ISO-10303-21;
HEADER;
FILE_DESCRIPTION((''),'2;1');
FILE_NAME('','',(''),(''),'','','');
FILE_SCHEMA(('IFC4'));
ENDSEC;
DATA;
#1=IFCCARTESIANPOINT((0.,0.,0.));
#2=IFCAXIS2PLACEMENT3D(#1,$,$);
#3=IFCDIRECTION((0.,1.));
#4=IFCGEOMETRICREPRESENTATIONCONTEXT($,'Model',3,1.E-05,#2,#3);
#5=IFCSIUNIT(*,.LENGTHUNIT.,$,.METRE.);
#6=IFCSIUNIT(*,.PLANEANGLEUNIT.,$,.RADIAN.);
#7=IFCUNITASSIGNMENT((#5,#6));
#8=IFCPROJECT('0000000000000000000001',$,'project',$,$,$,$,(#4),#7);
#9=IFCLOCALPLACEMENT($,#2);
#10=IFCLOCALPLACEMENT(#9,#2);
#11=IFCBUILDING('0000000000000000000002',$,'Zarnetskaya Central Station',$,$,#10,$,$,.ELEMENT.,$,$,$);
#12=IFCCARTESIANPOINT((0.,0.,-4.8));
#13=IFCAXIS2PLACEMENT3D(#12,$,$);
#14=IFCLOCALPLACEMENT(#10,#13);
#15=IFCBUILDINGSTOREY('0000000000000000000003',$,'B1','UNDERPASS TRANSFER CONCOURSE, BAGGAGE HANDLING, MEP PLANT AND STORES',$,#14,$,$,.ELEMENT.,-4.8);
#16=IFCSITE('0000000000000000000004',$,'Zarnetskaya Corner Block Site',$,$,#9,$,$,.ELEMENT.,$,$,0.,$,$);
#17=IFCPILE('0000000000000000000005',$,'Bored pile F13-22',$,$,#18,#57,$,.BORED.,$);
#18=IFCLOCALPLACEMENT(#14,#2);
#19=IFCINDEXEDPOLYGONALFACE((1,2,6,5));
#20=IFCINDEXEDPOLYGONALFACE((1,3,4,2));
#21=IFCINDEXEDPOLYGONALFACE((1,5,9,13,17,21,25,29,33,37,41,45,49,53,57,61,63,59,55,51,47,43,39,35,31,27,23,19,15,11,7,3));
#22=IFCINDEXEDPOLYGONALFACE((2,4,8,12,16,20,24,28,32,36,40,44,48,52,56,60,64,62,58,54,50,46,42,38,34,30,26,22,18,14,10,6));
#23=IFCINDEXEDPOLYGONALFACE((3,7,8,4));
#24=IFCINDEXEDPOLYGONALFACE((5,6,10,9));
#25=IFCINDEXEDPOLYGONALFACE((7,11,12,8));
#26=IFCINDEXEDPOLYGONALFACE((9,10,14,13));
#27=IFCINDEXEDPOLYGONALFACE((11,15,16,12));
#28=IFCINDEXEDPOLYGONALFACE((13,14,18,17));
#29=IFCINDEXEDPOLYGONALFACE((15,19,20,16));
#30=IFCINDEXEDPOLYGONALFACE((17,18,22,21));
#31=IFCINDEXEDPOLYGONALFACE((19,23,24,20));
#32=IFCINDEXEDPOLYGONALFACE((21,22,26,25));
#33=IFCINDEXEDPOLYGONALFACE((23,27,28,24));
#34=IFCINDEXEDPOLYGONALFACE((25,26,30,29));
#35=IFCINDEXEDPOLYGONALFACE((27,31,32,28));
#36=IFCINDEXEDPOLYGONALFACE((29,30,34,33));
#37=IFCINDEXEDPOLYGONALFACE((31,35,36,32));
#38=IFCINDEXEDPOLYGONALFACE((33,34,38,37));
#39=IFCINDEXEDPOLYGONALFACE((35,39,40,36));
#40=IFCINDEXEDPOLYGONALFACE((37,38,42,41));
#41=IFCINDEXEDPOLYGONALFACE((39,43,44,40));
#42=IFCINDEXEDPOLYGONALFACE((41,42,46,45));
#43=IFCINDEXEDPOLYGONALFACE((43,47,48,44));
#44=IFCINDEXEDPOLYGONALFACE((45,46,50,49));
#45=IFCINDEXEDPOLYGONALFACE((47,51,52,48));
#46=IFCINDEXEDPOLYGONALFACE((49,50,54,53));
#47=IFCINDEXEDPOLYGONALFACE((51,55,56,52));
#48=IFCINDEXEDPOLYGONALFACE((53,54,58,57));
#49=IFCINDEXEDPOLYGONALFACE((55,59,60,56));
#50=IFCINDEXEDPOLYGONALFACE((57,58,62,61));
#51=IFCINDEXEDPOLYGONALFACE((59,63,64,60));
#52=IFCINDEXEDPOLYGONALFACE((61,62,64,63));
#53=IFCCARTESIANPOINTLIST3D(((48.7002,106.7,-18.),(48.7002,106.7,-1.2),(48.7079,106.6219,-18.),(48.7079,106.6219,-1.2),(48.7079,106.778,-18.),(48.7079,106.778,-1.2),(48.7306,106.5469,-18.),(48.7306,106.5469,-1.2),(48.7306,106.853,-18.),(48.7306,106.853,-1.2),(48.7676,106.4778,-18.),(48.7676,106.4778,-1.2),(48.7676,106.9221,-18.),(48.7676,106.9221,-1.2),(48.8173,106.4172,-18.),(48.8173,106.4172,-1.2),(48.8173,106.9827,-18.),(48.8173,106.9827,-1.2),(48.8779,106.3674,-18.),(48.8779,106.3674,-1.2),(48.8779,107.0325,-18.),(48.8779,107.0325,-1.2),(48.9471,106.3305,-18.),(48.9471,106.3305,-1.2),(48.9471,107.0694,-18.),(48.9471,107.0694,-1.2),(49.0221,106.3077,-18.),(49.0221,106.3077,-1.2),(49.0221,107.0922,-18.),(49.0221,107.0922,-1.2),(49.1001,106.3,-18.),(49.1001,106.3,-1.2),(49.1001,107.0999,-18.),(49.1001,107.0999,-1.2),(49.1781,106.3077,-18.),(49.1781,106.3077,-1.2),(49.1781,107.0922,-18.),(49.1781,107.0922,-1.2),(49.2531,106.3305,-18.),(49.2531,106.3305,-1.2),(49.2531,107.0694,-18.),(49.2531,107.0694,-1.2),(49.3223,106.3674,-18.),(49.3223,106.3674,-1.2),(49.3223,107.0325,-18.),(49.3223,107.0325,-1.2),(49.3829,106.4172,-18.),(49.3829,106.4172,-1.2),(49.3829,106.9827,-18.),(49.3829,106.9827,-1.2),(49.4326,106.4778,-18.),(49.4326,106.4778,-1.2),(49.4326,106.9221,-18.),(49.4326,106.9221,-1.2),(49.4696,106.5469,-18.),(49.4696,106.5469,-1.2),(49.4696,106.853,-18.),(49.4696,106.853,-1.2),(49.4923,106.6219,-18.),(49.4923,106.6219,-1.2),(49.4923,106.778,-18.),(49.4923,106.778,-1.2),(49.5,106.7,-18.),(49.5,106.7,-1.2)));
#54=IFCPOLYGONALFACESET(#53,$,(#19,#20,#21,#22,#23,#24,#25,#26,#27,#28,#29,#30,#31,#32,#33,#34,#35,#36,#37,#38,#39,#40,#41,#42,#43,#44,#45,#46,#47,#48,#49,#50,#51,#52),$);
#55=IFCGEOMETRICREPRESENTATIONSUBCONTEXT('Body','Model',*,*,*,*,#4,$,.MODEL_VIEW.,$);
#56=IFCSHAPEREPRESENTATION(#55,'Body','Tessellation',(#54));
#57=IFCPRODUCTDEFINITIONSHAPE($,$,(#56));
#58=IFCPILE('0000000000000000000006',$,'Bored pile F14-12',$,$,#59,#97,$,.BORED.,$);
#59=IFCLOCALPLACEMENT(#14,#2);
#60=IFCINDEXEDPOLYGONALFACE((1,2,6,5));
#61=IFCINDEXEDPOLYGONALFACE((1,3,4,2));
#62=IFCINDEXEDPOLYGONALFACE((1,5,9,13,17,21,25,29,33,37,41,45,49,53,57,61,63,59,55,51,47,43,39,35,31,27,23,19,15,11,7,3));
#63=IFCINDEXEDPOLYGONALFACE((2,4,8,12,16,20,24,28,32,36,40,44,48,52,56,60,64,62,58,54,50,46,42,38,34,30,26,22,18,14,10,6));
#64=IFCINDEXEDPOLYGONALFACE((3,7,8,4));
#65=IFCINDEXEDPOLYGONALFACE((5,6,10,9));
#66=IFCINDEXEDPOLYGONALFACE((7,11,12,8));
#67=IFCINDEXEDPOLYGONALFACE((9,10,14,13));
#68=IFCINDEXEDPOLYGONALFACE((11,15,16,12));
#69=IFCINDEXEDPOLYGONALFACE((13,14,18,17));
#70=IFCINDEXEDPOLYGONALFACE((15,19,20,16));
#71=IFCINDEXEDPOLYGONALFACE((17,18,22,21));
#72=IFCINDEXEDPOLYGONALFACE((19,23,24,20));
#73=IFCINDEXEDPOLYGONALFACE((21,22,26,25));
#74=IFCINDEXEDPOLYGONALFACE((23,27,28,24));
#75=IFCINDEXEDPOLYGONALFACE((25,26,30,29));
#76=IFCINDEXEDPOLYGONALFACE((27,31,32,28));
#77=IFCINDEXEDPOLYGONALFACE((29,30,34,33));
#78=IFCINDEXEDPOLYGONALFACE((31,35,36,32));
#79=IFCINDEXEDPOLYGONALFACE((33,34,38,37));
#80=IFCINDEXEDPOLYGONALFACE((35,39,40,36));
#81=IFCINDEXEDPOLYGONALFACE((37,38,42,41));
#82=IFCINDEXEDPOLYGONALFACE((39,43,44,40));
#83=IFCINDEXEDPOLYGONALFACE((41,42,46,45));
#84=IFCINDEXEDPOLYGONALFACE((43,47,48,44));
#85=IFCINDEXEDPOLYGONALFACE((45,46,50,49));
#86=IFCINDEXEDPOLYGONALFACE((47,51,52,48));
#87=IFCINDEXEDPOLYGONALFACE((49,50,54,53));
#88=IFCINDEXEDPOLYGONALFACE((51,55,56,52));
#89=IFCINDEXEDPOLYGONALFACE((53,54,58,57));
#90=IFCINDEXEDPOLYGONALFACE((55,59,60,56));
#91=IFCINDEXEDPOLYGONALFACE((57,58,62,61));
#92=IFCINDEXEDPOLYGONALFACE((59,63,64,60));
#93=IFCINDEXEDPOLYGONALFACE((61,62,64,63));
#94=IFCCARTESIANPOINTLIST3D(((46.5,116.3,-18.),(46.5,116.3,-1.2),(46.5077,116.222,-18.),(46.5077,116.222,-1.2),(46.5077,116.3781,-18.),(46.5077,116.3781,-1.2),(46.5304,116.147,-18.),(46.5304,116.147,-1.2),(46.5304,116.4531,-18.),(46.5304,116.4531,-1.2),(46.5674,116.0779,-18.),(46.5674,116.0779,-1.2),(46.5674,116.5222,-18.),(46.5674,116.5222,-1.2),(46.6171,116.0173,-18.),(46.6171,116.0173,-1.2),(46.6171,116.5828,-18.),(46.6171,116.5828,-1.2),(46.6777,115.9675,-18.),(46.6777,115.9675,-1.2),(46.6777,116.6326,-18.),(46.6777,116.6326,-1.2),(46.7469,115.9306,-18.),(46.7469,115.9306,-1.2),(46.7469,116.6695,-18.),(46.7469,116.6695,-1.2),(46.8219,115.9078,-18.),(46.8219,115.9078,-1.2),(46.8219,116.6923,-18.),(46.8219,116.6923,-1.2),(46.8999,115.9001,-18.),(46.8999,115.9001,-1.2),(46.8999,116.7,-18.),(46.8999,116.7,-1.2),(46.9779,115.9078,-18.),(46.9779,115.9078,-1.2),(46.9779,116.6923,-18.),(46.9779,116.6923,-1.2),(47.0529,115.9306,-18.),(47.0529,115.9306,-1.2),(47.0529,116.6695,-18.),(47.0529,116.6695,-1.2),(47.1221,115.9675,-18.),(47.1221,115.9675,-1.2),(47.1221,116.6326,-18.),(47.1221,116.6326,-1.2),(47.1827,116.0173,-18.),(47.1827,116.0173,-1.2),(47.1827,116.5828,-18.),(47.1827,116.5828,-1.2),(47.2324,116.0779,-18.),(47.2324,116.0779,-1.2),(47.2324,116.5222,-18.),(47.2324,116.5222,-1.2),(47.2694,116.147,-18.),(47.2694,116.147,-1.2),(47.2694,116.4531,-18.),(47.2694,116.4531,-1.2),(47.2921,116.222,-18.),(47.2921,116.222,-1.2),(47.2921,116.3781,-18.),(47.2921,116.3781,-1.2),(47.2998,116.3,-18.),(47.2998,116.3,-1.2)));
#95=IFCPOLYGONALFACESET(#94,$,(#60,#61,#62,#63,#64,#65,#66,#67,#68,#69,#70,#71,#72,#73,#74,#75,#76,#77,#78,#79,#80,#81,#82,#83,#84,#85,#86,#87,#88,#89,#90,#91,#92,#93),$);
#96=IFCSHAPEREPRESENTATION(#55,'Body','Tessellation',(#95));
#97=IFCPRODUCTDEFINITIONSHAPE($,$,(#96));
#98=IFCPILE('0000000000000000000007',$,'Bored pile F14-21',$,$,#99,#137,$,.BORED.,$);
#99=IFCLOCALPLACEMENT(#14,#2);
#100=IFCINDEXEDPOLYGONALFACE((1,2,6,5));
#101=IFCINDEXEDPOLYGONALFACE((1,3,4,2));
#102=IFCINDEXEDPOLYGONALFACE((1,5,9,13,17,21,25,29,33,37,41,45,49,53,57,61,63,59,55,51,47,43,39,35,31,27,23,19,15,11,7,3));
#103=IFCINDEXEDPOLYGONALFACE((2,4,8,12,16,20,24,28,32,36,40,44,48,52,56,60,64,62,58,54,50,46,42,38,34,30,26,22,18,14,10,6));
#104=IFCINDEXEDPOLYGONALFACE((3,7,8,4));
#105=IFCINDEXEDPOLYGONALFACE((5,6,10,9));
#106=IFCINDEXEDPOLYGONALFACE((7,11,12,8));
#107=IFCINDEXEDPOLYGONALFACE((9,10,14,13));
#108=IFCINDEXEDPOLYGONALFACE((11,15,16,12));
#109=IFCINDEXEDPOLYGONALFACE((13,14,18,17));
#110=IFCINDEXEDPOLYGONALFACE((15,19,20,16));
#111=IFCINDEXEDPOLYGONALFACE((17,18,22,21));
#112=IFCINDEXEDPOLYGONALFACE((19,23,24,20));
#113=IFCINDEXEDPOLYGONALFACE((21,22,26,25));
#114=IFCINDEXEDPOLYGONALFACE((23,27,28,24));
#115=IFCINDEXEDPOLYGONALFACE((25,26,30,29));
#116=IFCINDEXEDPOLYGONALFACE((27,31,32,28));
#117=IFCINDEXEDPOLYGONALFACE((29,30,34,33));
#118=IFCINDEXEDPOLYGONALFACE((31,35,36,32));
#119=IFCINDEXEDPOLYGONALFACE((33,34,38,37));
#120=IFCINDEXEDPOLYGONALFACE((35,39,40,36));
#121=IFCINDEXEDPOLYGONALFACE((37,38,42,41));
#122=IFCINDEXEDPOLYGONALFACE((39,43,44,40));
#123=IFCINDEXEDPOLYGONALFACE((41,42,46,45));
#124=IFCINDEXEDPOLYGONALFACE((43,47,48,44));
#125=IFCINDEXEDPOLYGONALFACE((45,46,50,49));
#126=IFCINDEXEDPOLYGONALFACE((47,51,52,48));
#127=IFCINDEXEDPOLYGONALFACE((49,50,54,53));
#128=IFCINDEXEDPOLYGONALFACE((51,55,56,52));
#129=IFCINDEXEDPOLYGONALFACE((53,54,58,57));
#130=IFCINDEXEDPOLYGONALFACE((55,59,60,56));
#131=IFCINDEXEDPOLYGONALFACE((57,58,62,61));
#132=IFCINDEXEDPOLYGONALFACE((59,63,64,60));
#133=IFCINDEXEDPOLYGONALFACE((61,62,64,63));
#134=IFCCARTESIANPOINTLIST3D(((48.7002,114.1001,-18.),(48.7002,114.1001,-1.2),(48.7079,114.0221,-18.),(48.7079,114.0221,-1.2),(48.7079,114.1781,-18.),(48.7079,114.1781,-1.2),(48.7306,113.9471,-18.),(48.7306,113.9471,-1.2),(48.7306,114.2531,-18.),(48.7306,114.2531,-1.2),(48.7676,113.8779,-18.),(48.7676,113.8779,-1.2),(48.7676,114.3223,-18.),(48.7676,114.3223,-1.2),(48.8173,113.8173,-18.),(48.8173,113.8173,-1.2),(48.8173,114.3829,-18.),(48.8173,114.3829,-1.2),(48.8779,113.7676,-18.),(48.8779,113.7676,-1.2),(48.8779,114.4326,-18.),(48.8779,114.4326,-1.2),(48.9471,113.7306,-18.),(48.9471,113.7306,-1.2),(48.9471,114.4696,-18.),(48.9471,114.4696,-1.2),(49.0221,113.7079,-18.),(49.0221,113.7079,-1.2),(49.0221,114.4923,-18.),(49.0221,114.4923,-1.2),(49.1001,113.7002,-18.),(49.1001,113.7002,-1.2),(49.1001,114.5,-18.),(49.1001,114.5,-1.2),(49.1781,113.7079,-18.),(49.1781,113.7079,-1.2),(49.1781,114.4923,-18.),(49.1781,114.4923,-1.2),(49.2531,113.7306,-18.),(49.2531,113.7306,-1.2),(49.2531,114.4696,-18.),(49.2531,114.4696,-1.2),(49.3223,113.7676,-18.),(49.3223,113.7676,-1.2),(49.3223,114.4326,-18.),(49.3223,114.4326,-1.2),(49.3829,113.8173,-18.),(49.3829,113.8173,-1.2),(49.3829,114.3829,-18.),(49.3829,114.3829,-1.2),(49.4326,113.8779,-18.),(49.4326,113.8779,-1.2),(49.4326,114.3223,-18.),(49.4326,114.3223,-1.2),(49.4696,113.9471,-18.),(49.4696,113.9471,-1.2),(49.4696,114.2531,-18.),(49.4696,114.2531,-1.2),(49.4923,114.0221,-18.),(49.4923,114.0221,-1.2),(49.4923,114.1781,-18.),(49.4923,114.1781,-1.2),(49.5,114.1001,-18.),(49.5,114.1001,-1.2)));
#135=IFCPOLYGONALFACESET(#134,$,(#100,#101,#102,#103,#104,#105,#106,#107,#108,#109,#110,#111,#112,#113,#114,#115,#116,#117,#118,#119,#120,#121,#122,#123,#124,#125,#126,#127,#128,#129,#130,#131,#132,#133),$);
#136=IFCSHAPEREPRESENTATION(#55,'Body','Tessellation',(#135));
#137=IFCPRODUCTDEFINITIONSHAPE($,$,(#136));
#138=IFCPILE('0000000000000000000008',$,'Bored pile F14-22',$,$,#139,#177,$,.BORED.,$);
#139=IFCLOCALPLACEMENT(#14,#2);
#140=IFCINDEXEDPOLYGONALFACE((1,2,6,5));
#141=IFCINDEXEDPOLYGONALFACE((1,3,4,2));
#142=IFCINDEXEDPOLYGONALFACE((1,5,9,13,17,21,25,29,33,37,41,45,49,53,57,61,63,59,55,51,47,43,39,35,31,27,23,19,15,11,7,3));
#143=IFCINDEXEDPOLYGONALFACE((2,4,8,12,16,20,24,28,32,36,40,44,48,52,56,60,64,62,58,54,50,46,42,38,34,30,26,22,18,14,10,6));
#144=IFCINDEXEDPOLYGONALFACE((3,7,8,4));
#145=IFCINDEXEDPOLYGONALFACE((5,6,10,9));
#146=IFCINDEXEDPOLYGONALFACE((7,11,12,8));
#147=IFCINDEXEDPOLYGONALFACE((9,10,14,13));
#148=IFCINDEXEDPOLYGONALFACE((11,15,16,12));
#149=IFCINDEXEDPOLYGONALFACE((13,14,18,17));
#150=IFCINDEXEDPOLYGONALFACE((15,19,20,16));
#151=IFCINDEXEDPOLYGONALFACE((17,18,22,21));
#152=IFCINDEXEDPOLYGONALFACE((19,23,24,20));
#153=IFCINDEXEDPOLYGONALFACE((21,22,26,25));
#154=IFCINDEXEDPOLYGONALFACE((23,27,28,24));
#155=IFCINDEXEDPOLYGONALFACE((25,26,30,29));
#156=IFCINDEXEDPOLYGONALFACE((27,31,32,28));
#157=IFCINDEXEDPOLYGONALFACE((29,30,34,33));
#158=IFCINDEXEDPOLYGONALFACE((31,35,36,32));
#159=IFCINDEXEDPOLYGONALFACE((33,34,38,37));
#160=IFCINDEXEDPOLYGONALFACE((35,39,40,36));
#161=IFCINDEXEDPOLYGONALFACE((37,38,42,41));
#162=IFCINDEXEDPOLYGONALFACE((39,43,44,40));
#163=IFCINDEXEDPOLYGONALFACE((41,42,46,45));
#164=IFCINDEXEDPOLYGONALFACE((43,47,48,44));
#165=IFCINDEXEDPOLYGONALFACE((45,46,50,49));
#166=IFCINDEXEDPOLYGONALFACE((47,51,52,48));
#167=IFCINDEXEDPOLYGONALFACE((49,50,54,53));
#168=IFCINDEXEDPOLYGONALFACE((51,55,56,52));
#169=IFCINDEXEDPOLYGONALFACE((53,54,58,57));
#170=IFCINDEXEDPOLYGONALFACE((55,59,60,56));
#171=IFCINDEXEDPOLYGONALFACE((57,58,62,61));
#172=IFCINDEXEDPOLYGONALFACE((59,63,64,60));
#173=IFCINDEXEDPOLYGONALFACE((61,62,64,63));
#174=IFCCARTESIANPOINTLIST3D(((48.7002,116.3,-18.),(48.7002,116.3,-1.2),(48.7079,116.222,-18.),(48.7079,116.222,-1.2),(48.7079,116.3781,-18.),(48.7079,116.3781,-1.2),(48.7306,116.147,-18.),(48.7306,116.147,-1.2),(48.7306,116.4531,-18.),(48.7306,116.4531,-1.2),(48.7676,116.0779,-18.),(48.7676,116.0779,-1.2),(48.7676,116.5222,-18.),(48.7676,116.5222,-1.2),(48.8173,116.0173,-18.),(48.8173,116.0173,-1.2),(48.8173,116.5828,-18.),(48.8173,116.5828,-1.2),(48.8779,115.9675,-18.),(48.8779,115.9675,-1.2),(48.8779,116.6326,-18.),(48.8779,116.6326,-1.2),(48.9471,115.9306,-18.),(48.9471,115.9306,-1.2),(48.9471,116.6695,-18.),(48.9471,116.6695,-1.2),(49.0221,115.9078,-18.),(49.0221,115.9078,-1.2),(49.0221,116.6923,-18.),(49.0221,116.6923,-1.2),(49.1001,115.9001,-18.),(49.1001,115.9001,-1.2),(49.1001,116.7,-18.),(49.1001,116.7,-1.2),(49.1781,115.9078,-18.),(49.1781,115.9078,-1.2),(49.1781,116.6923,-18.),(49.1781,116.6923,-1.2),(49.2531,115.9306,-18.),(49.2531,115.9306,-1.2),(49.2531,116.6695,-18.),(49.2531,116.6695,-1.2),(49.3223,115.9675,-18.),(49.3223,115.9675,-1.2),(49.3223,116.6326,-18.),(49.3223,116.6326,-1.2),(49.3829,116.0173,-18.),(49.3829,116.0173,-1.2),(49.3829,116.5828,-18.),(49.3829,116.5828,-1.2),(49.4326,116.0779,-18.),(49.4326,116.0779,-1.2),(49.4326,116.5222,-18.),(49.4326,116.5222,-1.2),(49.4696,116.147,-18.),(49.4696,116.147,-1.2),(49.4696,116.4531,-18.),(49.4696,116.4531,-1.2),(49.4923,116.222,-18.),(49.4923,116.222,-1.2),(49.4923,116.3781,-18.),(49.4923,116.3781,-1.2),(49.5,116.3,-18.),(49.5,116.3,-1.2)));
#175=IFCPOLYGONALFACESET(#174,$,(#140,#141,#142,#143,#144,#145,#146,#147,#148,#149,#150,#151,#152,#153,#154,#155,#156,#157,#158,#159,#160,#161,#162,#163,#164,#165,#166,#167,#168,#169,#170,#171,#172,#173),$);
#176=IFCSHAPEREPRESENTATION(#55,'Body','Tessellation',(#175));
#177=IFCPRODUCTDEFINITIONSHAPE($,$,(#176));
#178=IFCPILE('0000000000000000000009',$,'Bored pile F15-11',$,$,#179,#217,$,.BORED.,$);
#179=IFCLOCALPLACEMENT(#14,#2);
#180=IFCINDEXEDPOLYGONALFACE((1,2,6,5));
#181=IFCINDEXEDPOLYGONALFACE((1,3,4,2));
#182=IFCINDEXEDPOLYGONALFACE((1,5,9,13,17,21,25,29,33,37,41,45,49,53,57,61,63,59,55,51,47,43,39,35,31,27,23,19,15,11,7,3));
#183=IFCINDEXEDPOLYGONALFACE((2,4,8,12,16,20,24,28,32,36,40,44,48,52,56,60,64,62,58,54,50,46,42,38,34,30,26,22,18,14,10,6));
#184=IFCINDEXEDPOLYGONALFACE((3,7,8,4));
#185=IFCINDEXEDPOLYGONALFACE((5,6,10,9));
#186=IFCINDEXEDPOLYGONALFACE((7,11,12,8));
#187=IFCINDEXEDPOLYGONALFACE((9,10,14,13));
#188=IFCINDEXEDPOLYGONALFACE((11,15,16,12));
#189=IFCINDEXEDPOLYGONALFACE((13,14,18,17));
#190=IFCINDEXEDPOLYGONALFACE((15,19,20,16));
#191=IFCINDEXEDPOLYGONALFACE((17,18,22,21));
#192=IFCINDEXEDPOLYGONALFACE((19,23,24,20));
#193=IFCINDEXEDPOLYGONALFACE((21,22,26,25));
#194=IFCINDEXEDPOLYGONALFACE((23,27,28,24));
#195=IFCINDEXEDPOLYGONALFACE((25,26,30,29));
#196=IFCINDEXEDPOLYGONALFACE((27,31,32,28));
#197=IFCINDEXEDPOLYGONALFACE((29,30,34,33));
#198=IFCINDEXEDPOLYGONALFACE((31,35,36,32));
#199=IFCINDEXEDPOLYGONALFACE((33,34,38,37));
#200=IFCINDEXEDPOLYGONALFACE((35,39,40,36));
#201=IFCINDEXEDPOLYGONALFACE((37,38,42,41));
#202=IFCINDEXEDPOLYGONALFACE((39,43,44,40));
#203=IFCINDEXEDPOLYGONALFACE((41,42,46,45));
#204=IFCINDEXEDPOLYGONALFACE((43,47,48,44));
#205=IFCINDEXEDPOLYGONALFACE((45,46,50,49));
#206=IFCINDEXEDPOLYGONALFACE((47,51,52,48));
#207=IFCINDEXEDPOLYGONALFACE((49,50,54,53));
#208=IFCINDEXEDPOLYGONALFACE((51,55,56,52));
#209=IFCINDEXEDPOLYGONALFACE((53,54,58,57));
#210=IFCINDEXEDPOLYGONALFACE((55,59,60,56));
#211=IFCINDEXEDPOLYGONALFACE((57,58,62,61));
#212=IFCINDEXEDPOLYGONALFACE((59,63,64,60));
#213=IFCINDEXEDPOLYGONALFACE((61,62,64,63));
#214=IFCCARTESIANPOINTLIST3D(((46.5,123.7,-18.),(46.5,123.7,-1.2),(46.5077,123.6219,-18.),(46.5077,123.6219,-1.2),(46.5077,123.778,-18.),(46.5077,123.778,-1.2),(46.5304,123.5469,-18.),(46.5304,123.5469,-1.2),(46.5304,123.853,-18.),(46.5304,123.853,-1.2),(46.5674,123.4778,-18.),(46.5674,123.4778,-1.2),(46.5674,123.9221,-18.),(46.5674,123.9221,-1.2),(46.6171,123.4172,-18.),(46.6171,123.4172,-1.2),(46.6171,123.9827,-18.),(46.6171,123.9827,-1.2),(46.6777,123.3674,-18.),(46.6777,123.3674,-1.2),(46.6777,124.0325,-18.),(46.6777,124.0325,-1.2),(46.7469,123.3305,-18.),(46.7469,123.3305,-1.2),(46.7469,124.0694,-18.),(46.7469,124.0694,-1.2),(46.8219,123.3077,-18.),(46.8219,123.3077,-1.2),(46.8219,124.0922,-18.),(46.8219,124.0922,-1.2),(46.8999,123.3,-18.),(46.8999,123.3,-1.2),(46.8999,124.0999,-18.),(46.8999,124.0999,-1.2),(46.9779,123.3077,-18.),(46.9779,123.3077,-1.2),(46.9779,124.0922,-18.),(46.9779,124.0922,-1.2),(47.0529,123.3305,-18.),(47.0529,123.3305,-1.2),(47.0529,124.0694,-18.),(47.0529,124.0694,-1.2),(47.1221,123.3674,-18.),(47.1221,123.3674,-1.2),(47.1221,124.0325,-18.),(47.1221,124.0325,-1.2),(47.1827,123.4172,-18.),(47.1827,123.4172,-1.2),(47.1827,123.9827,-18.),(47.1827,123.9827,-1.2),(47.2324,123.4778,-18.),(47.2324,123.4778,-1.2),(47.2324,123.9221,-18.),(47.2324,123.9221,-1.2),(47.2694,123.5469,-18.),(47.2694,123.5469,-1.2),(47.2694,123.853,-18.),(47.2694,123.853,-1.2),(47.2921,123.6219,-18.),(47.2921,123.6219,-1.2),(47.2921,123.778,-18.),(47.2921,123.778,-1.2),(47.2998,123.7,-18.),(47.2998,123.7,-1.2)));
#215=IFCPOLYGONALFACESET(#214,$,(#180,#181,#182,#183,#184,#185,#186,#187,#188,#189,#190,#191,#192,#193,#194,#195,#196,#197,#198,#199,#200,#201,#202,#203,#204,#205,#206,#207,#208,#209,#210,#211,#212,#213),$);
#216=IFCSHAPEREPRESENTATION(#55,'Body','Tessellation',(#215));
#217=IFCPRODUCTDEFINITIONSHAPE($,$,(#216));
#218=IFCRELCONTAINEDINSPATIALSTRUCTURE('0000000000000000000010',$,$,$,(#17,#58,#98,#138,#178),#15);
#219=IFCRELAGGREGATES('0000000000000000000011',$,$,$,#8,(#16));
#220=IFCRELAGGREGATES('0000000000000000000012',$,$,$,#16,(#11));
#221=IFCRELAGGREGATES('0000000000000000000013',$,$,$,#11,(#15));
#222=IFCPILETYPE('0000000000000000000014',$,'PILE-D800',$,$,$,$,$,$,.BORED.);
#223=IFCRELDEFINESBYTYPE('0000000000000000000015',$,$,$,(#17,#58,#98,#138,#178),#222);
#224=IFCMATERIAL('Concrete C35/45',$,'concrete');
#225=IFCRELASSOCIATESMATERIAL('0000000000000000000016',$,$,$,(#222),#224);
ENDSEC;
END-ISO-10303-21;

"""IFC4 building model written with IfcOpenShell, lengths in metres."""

from ifc_helpers import new_model, si_unit, direction, frame, origin, origin_2d, place, context, subcontext, project, spatial, circle, extrude, material, material_profile, profile_set, type_object, element, save


model = new_model("IFC4")

# Units and contexts
model_context = context("Model", 3, precision=1e-05, world=origin(), true_north=direction((0.0, 1.0)))
body_context = subcontext(model_context, "Body", "Model", "MODEL_VIEW")
ifc_project = project(units=[si_unit("LENGTHUNIT", "METRE"), si_unit("PLANEANGLEUNIT", "RADIAN")], contexts=[model_context])

# Site, building, storey
site_placement = place(None, origin())
site = spatial("IfcSite", under=ifc_project, at=site_placement, Name="Zarnetskaya Corner Block Site", CompositionType="ELEMENT", RefElevation=0.0)
building_placement = place(site_placement, origin())
building = spatial("IfcBuilding", under=site, at=building_placement, Name="Zarnetskaya Central Station", CompositionType="ELEMENT")
storey_placement = place(building_placement, frame((0.0, 0.0, -4.8)))
storey = spatial("IfcBuildingStorey", under=building, at=storey_placement, Name="B1", Description="UNDERPASS TRANSFER CONCOURSE, BAGGAGE HANDLING, MEP PLANT AND STORES", CompositionType="ELEMENT", Elevation=-4.8)

# Shared definitions
ifc_material = material(Name="Concrete C35/45", Category="concrete")

# Piles
ifc_material_profile_1 = material_profile(ifc_material, circle(Radius=0.3999, at=origin_2d()), Name="BORED PILE D800")
ifc_profile_set_1 = profile_set([ifc_material_profile_1], Name="Concrete C35/45")
pile_type_1 = type_object("IfcPileType", Name="PILE-D800", PredefinedType="BORED", material=ifc_profile_set_1)
for number, where, z_axis, x_axis, name in (
    (1, (49.1001, 106.7, -1.2), (0.0, 0.0, -1.0), (1.0, 0.0, 0.0), "Bored pile F13-22"),
    (2, (46.8999, 116.3, -1.2), (0.0, 0.0, -1.0), (1.0, 0.0, 0.0), "Bored pile F14-12"),
    (3, (49.1001, 114.1001, -1.2), (0.0, 0.0, -1.0), (1.0, 0.0, 0.0), "Bored pile F14-21"),
    (4, (49.1001, 116.3, -1.2), (0.0, 0.0, -1.0), (1.0, 0.0, 0.0), "Bored pile F14-22"),
    (5, (46.8999, 123.7, -1.2), (0.0, 0.0, -1.0), (1.0, 0.0, 0.0), "Bored pile F15-11"),
):
    element("IfcPile", number, at=place(storey_placement, frame(where, z_axis=z_axis, x_axis=x_axis)), inside=storey, type_object=pile_type_1, Name=name, PredefinedType="BORED", context=body_context, shape_type="SweptSolid", body=[
        extrude(circle(Radius=0.3999, at=origin_2d()), origin(), (0.0, 0.0, 1.0), 16.8),
    ])

save(model, "model.ifc")
